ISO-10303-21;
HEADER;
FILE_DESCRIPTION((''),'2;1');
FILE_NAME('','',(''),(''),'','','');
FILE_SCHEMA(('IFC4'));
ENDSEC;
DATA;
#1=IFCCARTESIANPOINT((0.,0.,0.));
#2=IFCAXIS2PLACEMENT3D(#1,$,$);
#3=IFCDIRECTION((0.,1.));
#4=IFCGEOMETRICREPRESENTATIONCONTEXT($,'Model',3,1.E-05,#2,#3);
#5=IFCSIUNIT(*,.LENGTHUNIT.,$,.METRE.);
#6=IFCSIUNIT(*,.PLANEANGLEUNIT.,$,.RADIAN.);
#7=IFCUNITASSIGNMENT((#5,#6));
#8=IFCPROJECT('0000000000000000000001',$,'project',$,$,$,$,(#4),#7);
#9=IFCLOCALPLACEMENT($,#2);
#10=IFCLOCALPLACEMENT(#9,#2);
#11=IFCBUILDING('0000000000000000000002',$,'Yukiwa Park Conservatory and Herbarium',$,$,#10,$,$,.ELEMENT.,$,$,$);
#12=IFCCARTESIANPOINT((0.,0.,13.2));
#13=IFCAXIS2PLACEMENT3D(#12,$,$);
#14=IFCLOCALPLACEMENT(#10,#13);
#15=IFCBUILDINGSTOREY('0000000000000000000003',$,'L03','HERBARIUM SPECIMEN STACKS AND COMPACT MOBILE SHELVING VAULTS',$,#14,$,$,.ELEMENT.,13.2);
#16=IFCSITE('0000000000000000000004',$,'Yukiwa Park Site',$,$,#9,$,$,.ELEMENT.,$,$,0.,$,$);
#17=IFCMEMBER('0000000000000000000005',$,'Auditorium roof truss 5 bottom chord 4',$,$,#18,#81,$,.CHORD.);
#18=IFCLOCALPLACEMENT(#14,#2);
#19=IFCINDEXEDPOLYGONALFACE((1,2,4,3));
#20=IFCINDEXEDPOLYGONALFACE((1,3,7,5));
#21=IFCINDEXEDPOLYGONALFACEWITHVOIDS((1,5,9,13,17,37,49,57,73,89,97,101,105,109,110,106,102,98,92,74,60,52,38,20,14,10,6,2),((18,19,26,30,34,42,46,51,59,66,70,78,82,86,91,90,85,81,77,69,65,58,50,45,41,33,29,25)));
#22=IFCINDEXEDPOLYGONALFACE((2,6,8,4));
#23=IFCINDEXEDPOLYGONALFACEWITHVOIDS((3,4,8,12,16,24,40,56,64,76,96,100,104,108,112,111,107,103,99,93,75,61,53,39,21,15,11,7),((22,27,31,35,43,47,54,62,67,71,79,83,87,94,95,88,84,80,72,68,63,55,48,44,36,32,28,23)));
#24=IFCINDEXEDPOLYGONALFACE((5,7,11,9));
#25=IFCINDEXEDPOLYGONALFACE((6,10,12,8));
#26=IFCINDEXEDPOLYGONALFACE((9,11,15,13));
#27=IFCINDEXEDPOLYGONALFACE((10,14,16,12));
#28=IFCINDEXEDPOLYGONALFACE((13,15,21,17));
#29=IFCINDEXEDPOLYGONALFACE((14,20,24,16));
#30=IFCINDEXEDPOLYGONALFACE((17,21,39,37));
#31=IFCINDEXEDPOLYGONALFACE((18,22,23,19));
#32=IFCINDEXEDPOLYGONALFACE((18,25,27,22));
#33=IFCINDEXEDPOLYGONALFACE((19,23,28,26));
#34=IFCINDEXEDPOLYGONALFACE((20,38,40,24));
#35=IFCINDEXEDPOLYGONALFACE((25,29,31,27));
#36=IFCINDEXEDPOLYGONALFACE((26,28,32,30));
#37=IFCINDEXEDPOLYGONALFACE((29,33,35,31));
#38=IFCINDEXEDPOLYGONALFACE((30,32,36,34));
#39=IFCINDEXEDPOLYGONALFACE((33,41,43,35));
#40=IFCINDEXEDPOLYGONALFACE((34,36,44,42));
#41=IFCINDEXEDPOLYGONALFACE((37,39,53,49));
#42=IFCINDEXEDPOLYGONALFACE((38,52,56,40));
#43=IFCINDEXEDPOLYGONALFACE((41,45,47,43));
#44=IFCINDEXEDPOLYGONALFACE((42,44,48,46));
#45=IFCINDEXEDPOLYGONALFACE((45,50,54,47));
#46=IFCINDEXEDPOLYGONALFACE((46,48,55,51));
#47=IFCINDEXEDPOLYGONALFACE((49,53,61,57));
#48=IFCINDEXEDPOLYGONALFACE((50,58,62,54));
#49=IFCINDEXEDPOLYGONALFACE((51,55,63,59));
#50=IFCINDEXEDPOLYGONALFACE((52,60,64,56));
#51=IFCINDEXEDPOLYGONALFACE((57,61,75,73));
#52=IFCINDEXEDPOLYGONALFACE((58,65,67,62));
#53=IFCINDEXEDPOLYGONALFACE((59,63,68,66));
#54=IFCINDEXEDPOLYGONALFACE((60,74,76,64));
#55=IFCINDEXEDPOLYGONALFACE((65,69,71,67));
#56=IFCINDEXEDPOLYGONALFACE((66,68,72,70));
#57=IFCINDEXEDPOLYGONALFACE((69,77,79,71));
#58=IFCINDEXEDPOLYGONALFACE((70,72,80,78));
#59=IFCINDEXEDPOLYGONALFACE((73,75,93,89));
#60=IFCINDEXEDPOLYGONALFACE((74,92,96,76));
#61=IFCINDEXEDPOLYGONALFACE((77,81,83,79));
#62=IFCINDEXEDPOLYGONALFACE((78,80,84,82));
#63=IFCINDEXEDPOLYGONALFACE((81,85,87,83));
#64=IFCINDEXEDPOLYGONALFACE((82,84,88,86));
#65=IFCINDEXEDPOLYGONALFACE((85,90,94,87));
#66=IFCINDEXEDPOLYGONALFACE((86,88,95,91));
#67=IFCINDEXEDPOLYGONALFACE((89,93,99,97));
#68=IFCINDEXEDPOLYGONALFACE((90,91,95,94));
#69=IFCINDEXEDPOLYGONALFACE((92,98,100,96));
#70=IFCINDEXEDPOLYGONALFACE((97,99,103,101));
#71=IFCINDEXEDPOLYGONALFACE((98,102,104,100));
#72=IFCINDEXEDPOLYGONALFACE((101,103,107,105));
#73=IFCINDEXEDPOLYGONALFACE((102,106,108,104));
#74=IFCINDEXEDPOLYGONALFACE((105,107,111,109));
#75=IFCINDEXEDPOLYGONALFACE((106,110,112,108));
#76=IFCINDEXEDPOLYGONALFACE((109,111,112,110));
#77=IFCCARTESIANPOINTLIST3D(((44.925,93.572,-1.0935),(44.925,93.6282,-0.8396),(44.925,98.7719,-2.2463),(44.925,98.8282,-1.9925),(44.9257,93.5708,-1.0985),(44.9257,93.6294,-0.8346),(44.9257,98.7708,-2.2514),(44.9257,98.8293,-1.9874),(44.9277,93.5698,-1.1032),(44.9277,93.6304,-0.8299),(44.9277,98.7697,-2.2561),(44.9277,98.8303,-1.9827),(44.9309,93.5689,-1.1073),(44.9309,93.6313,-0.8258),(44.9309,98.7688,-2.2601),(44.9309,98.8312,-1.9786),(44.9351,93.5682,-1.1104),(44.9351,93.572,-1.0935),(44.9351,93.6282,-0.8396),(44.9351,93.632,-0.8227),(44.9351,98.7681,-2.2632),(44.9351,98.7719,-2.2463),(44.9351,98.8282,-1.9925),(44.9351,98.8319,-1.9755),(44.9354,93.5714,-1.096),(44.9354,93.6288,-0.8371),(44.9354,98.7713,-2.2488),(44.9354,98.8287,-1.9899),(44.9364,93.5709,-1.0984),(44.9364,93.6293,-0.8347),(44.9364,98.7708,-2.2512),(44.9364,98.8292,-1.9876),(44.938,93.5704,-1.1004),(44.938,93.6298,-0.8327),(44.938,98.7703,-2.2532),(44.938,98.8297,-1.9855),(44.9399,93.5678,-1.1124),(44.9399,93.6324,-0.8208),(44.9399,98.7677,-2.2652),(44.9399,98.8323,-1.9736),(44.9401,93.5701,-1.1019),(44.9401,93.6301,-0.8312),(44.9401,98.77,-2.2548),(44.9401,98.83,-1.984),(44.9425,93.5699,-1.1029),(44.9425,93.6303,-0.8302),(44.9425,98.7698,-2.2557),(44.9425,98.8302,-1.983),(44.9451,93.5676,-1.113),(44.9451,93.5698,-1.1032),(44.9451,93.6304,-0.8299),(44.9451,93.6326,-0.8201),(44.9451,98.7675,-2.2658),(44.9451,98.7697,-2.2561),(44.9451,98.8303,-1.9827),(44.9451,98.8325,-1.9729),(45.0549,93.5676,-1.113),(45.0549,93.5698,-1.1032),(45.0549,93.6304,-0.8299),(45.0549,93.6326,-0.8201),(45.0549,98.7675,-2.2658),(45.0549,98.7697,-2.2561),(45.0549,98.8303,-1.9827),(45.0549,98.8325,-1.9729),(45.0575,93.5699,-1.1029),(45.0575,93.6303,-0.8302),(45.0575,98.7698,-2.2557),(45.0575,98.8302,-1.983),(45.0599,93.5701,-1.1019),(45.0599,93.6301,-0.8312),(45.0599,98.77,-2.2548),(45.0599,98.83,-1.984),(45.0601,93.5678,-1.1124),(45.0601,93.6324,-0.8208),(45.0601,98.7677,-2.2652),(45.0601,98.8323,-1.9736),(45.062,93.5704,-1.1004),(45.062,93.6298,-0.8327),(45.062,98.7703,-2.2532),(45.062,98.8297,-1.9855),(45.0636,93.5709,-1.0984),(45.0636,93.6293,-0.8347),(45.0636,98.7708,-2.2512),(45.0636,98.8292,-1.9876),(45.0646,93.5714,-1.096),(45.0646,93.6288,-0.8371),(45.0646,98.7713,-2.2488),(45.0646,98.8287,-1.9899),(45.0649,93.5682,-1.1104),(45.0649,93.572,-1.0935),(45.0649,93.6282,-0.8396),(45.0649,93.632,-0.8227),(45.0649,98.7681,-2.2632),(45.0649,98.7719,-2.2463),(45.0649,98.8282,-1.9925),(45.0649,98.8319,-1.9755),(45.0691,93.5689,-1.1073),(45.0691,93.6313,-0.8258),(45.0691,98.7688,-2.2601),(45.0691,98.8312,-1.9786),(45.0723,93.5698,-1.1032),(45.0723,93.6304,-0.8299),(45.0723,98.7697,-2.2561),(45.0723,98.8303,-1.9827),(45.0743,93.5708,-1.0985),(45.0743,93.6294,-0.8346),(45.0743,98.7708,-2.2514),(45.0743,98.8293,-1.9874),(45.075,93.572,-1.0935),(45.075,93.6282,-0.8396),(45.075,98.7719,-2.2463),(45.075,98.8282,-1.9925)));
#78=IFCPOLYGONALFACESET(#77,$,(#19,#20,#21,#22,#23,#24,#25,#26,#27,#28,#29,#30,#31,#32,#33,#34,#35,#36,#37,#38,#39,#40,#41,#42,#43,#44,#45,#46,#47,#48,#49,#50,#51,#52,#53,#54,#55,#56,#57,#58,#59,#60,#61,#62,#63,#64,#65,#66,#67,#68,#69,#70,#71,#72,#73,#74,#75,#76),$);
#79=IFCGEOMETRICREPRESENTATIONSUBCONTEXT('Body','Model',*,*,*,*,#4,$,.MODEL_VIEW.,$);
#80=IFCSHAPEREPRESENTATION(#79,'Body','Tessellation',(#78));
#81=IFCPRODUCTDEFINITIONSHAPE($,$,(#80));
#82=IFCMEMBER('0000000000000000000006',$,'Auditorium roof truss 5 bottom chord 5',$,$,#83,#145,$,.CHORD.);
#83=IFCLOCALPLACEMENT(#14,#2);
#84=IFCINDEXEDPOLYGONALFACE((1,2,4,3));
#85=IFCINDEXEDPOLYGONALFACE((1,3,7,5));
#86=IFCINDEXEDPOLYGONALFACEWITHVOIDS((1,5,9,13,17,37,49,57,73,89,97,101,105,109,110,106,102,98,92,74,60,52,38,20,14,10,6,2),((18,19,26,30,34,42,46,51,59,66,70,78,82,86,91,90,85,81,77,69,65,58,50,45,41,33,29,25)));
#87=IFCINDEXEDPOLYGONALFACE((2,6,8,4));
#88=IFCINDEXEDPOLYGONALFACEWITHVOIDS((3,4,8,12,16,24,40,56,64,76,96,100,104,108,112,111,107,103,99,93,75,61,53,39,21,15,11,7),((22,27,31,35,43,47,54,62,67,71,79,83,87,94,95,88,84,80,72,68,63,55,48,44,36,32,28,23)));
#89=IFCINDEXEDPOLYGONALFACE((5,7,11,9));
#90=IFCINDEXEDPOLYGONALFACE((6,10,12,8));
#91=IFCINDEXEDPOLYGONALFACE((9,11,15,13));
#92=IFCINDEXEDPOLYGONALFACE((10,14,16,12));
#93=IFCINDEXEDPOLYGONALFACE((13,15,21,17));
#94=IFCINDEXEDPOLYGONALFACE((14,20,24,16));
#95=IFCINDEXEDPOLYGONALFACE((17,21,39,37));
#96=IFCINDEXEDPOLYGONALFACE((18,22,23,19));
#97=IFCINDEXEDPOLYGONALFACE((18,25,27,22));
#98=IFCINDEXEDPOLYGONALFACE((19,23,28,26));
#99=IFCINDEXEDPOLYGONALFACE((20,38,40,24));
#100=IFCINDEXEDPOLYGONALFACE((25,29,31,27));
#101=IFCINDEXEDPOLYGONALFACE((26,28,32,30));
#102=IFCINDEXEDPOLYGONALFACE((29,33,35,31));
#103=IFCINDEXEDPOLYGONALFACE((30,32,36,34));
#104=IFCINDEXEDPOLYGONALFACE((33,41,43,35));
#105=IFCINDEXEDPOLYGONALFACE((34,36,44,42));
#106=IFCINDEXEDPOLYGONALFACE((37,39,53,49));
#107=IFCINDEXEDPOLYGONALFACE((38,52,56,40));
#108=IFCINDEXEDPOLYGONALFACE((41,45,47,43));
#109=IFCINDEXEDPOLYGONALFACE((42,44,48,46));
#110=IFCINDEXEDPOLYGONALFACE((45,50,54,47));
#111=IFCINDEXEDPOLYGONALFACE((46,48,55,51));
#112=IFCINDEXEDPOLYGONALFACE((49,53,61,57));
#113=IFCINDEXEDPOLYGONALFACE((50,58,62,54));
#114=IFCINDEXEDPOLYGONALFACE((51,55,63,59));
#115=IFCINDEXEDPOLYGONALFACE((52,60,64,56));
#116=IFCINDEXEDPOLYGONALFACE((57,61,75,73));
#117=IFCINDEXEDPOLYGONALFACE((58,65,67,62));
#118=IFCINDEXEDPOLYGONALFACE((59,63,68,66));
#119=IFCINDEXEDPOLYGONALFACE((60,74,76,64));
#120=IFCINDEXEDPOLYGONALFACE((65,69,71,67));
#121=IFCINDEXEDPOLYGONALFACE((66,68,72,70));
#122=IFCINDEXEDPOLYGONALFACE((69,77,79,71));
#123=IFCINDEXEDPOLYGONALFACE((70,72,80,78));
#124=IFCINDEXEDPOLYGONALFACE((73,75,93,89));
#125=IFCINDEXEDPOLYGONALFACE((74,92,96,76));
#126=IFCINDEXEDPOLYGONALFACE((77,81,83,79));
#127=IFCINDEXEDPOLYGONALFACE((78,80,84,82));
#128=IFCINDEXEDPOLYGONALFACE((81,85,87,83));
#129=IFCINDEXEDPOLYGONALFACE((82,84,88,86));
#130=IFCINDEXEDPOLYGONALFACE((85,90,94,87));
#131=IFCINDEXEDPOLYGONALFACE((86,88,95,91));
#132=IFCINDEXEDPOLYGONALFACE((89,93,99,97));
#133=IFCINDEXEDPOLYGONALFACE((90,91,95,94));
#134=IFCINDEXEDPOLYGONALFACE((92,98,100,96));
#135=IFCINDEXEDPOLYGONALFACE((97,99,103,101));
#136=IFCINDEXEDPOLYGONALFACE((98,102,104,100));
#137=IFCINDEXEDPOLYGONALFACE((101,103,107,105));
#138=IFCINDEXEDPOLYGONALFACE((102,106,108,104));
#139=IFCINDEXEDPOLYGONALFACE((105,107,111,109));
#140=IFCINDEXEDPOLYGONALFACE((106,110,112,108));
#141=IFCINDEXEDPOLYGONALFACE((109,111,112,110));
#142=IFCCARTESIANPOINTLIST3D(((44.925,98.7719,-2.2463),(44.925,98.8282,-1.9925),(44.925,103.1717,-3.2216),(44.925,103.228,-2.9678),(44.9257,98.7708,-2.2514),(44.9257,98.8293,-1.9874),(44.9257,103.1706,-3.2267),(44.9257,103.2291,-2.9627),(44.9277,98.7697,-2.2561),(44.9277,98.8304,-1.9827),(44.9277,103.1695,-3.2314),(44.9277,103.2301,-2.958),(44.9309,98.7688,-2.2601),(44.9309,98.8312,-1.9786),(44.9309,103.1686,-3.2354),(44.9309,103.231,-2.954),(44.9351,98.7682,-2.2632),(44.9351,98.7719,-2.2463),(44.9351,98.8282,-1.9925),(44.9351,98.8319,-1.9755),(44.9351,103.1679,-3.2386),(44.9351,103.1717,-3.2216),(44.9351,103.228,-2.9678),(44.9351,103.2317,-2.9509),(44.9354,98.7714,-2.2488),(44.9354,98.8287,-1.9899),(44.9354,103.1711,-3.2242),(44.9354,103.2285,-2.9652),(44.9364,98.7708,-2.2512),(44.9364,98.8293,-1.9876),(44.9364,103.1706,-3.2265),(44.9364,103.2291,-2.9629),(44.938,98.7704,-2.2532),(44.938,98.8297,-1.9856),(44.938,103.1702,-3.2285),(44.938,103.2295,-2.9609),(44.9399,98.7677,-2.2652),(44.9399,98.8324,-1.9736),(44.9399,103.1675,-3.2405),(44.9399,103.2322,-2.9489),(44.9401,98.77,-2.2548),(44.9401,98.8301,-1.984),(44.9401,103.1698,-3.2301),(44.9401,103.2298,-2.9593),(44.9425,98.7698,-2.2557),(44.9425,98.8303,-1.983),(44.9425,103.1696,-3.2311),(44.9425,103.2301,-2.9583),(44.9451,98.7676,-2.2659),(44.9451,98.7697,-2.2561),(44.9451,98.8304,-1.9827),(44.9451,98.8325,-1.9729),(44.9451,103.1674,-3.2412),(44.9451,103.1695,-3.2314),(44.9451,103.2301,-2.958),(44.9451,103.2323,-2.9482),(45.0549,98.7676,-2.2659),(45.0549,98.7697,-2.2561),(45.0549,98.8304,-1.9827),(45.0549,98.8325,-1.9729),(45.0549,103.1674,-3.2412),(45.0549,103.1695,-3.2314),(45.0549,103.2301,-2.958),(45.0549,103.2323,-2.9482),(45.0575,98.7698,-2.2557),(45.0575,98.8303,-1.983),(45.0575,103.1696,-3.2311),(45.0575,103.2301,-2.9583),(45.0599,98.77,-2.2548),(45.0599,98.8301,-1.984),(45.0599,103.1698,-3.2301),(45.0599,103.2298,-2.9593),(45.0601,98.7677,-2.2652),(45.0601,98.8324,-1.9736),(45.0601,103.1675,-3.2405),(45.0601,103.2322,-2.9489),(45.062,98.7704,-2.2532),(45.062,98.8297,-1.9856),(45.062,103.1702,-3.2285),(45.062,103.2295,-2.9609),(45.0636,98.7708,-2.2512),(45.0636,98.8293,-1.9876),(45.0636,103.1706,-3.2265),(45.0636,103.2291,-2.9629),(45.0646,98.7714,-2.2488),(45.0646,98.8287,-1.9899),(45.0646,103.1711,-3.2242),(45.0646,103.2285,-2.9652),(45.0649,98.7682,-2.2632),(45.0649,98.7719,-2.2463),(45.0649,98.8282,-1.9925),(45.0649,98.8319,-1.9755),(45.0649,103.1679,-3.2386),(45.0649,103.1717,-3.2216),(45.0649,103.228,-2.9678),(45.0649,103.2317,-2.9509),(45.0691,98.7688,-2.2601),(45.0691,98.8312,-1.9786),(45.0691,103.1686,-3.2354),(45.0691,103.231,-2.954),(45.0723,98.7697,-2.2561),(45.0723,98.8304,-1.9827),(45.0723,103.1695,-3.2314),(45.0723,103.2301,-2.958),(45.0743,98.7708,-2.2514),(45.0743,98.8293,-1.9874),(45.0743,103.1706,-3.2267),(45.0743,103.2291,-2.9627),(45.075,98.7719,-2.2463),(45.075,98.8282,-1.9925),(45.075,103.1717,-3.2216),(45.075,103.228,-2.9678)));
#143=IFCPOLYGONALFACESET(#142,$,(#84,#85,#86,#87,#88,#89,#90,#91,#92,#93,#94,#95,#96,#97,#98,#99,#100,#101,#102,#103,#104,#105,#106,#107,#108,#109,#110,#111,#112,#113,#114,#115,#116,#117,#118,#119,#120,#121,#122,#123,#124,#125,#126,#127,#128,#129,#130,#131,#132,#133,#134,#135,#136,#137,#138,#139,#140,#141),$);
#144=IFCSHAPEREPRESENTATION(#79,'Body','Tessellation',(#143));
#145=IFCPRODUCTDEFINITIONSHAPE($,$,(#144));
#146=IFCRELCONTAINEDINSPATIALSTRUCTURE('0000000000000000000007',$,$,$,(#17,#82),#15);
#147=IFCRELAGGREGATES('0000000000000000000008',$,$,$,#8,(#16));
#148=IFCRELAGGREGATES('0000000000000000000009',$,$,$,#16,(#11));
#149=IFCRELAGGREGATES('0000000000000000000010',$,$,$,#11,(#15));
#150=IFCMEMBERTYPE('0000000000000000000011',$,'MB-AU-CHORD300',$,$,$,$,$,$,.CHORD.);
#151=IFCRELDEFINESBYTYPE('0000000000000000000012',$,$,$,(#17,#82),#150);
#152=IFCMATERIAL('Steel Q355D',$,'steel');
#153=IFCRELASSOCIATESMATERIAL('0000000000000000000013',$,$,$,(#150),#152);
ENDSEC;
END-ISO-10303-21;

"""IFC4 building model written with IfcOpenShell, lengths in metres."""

from ifc_helpers import new_model, si_unit, direction, frame, origin, origin_2d, place, context, subcontext, project, spatial, hollow_rectangle, extrude, material, material_profile, profile_set, type_object, element, save


model = new_model("IFC4")

# Units and contexts
model_context = context("Model", 3, precision=1e-05, world=origin(), true_north=direction((0.0, 1.0)))
body_context = subcontext(model_context, "Body", "Model", "MODEL_VIEW")
ifc_project = project(units=[si_unit("LENGTHUNIT", "METRE"), si_unit("PLANEANGLEUNIT", "RADIAN")], contexts=[model_context])

# Site, building, storey
site_placement = place(None, origin())
site = spatial("IfcSite", under=ifc_project, at=site_placement, Name="Yukiwa Park Site", CompositionType="ELEMENT", RefElevation=0.0)
building_placement = place(site_placement, origin())
building = spatial("IfcBuilding", under=site, at=building_placement, Name="Yukiwa Park Conservatory and Herbarium", CompositionType="ELEMENT")
storey_placement = place(building_placement, frame((0.0, 0.0, 13.2)))
storey = spatial("IfcBuildingStorey", under=building, at=storey_placement, Name="L03", Description="HERBARIUM SPECIMEN STACKS AND COMPACT MOBILE SHELVING VAULTS", CompositionType="ELEMENT", Elevation=13.2)

# Members
ifc_material_1 = material(Name="Steel Q355D", Category="steel")
ifc_material_profile_1 = material_profile(ifc_material_1, hollow_rectangle(XDim=0.1499, YDim=0.3, WallThickness=0.01, InnerFilletRadius=0.01, OuterFilletRadius=0.02, at=origin_2d()), Name="RHS 300x150x10")
ifc_profile_set_1 = profile_set([ifc_material_profile_1], Name="Steel Q355D")
member_type_1 = type_object("IfcMemberType", Name="MB-AU-CHORD300", PredefinedType="CHORD", material=ifc_profile_set_1)
member_1_placement = place(storey_placement, frame((45.0, 93.6001, -0.9666), z_axis=(0.0, 0.976295, -0.216445), x_axis=(-1.0, 0.0, 0.0)))
element("IfcMember", 1, at=member_1_placement, inside=storey, type_object=member_type_1, Name="Auditorium roof truss 5 bottom chord 4", PredefinedType="CHORD", context=body_context, shape_type="SweptSolid", body=[
    extrude(hollow_rectangle(XDim=0.1499, YDim=0.3, WallThickness=0.01, InnerFilletRadius=0.01, OuterFilletRadius=0.02, at=origin_2d()), origin(), (0.0, 0.0, 1.0), 5.3262),
])
member_2_placement = place(storey_placement, frame((45.0, 98.8, -2.1194), z_axis=(0.0, 0.9763, -0.21642), x_axis=(-1.0, 0.0, 0.0)))
element("IfcMember", 2, at=member_2_placement, inside=storey, type_object=member_type_1, Name="Auditorium roof truss 5 bottom chord 5", PredefinedType="CHORD", context=body_context, shape_type="SweptSolid", body=[
    extrude(hollow_rectangle(XDim=0.1499, YDim=0.3, WallThickness=0.01, InnerFilletRadius=0.01, OuterFilletRadius=0.02, at=origin_2d()), origin(), (0.0, 0.0, 1.0), 4.5066),
])

save(model, "model.ifc")
